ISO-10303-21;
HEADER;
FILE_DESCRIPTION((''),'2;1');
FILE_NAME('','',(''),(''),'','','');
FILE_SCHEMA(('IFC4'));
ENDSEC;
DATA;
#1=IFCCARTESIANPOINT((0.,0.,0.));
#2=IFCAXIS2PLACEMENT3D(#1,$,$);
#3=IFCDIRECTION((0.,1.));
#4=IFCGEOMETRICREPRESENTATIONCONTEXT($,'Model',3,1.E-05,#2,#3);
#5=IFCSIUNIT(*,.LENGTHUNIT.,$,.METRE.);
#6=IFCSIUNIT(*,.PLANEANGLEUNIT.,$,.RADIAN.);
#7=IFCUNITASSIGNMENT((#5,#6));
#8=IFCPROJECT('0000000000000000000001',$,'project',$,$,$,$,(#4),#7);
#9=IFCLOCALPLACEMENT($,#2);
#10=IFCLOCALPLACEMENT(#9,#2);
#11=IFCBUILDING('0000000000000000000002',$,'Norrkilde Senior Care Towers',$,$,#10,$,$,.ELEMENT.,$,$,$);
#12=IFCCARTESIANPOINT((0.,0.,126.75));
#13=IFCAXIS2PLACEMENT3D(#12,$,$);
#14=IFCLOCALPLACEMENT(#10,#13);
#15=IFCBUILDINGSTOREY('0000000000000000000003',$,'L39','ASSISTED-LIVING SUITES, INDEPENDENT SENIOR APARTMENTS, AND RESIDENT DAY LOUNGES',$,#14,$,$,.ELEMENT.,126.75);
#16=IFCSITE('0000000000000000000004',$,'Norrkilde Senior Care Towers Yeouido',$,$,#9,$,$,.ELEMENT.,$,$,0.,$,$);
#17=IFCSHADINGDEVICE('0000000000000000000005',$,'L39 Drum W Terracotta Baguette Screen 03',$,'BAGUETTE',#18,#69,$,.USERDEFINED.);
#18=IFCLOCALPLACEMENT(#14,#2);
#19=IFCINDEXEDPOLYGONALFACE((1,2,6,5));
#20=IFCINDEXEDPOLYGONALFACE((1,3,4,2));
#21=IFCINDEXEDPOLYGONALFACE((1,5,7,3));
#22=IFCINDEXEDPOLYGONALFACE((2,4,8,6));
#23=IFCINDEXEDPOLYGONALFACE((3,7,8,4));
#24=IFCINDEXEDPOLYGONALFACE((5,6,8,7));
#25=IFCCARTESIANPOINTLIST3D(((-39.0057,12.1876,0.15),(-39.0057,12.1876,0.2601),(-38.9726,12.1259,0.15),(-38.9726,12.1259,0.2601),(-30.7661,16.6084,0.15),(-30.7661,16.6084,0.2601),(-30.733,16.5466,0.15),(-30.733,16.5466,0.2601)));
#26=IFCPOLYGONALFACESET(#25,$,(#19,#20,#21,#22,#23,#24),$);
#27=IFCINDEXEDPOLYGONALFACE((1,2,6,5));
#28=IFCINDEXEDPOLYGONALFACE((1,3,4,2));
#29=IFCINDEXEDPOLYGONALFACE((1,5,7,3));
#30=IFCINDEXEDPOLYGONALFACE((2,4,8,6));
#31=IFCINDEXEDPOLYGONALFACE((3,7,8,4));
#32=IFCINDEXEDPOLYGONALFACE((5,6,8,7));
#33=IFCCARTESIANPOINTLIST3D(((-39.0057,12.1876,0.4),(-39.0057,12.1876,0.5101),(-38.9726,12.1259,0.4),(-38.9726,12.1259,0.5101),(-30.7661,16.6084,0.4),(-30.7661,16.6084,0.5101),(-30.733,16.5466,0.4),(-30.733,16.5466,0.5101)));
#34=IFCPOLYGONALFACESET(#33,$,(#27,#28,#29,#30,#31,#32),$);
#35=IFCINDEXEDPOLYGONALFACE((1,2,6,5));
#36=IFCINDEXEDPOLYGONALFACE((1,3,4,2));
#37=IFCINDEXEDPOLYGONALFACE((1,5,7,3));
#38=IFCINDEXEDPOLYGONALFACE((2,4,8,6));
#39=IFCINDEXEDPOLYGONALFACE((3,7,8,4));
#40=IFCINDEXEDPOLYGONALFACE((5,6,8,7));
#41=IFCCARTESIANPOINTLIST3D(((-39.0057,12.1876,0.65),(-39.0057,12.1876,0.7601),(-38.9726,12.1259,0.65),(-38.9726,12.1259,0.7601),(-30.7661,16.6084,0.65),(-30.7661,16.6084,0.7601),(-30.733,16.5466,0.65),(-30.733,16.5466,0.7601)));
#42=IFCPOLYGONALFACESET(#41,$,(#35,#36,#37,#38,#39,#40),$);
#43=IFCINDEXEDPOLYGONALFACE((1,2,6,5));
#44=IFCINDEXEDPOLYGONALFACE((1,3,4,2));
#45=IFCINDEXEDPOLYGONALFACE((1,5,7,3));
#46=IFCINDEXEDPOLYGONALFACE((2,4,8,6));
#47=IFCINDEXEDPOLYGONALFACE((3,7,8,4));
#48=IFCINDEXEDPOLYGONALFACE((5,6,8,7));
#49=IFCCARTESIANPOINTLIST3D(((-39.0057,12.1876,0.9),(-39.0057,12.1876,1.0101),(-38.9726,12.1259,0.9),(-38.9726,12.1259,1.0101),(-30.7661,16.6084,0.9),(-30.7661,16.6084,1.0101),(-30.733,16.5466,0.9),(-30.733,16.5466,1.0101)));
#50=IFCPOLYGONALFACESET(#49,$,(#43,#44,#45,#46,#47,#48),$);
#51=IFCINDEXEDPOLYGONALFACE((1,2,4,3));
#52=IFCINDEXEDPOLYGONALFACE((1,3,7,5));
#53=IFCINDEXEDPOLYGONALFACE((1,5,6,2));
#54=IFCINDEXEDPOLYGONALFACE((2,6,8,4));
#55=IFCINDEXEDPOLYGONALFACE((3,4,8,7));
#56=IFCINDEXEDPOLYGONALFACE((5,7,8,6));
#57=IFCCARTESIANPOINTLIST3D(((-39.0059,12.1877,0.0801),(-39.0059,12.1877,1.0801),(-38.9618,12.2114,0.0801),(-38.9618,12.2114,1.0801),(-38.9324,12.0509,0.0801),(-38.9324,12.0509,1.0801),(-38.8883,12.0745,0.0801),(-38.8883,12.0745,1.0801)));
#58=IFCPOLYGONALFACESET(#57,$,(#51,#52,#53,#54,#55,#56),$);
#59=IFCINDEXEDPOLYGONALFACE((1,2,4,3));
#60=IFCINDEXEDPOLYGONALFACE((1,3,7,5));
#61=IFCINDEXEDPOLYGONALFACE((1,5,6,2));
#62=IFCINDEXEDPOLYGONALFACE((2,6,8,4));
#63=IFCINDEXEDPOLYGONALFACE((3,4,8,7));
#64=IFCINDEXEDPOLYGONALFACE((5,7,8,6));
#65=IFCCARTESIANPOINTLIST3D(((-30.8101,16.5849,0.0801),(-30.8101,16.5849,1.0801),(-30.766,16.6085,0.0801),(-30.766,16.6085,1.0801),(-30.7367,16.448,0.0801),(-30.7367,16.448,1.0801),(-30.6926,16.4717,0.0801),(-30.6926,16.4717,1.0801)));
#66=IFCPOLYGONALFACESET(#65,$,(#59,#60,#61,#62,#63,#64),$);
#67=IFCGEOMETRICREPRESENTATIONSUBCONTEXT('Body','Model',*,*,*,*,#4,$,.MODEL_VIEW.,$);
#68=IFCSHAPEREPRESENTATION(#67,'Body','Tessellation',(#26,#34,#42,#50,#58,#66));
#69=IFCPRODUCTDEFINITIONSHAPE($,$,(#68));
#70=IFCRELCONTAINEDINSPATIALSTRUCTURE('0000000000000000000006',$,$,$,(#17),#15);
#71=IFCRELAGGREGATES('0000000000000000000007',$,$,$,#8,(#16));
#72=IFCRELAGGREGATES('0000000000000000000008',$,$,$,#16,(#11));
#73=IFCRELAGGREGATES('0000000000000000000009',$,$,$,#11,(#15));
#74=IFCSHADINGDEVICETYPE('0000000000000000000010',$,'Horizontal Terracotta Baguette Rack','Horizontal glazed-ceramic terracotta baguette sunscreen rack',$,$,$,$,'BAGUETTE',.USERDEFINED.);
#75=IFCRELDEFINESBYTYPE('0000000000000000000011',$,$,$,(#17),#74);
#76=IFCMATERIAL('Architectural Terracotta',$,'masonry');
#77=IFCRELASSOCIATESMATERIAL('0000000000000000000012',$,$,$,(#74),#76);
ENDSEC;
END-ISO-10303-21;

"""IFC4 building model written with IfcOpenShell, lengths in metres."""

from ifc_helpers import new_model, si_unit, direction, frame, origin, origin_2d, place, context, subcontext, project, spatial, rectangle, extrude, source, transform, mapped, material, type_object, type_shapes, element, save


model = new_model("IFC4")

# Units and contexts
model_context = context("Model", 3, precision=1e-05, world=origin(), true_north=direction((0.0, 1.0)))
body_context = subcontext(model_context, "Body", "Model", "MODEL_VIEW")
ifc_project = project(units=[si_unit("LENGTHUNIT", "METRE"), si_unit("PLANEANGLEUNIT", "RADIAN")], contexts=[model_context])

# Site, building, storey
site_placement = place(None, origin())
site = spatial("IfcSite", under=ifc_project, at=site_placement, Name="Norrkilde Senior Care Towers Yeouido", CompositionType="ELEMENT", RefElevation=0.0)
building_placement = place(site_placement, origin())
building = spatial("IfcBuilding", under=site, at=building_placement, Name="Norrkilde Senior Care Towers", CompositionType="ELEMENT")
storey_placement = place(building_placement, frame((0.0, 0.0, 126.75)))
storey = spatial("IfcBuildingStorey", under=building, at=storey_placement, Name="L39", Description="ASSISTED-LIVING SUITES, INDEPENDENT SENIOR APARTMENTS, AND RESIDENT DAY LOUNGES", CompositionType="ELEMENT", Elevation=126.75)

# Shading device
ifc_material_1 = material(Name="Architectural Terracotta", Category="masonry")
shading_device_type = type_object("IfcShadingDeviceType", Name="Horizontal Terracotta Baguette Rack", Description="Horizontal glazed-ceramic terracotta baguette sunscreen rack", ElementType="BAGUETTE", PredefinedType="USERDEFINED", material=ifc_material_1)
shared_shape_1 = source(origin(), body_context, "Body", "SweptSolid", [
    extrude(rectangle(XDim=0.0701, YDim=0.1101, at=origin_2d()), frame((0.0, 0.0901, 0.125), z_axis=(1.0, 0.0, 0.0), x_axis=(0.0, 1.0, 0.0)), (0.0, 0.0, 1.0), 9.3506),
    extrude(rectangle(XDim=0.0701, YDim=0.1101, at=origin_2d()), frame((0.0, 0.0901, 0.375), z_axis=(1.0, 0.0, 0.0), x_axis=(0.0, 1.0, 0.0)), (0.0, 0.0, 1.0), 9.3506),
    extrude(rectangle(XDim=0.0701, YDim=0.1101, at=origin_2d()), frame((0.0, 0.0901, 0.625), z_axis=(1.0, 0.0, 0.0), x_axis=(0.0, 1.0, 0.0)), (0.0, 0.0, 1.0), 9.3506),
    extrude(rectangle(XDim=0.0701, YDim=0.1101, at=origin_2d()), frame((0.0, 0.0901, 0.875), z_axis=(1.0, 0.0, 0.0), x_axis=(0.0, 1.0, 0.0)), (0.0, 0.0, 1.0), 9.3506),
    extrude(rectangle(XDim=0.05, YDim=0.1553, at=origin_2d()), frame((0.0249, 0.0476, 0.0)), (0.0, 0.0, 1.0), 1.0),
    extrude(rectangle(XDim=0.05, YDim=0.1553, at=origin_2d()), frame((9.3257, 0.0476, 0.0)), (0.0, 0.0, 1.0), 1.0),
])
type_shapes(shading_device_type, [shared_shape_1])
shading_device_placement = place(storey_placement, frame((-38.9465, 12.0774, 0.0801), z_axis=(0.0, 0.0, 1.0), x_axis=(0.881175, 0.472768, 0.0)))
element("IfcShadingDevice", 1, at=shading_device_placement, inside=storey, type_object=shading_device_type, Name="L39 Drum W Terracotta Baguette Screen 03", ObjectType="BAGUETTE", PredefinedType="USERDEFINED", context=body_context, shape_type="MappedRepresentation", body=[
    mapped(shared_shape_1, transform((0.0, 0.0, 0.0), x_axis=(1.0, 0.0, 0.0), y_axis=(0.0, 1.0, 0.0), z_axis=(0.0, 0.0, 1.0), scale=1.0)),
])

save(model, "model.ifc")
